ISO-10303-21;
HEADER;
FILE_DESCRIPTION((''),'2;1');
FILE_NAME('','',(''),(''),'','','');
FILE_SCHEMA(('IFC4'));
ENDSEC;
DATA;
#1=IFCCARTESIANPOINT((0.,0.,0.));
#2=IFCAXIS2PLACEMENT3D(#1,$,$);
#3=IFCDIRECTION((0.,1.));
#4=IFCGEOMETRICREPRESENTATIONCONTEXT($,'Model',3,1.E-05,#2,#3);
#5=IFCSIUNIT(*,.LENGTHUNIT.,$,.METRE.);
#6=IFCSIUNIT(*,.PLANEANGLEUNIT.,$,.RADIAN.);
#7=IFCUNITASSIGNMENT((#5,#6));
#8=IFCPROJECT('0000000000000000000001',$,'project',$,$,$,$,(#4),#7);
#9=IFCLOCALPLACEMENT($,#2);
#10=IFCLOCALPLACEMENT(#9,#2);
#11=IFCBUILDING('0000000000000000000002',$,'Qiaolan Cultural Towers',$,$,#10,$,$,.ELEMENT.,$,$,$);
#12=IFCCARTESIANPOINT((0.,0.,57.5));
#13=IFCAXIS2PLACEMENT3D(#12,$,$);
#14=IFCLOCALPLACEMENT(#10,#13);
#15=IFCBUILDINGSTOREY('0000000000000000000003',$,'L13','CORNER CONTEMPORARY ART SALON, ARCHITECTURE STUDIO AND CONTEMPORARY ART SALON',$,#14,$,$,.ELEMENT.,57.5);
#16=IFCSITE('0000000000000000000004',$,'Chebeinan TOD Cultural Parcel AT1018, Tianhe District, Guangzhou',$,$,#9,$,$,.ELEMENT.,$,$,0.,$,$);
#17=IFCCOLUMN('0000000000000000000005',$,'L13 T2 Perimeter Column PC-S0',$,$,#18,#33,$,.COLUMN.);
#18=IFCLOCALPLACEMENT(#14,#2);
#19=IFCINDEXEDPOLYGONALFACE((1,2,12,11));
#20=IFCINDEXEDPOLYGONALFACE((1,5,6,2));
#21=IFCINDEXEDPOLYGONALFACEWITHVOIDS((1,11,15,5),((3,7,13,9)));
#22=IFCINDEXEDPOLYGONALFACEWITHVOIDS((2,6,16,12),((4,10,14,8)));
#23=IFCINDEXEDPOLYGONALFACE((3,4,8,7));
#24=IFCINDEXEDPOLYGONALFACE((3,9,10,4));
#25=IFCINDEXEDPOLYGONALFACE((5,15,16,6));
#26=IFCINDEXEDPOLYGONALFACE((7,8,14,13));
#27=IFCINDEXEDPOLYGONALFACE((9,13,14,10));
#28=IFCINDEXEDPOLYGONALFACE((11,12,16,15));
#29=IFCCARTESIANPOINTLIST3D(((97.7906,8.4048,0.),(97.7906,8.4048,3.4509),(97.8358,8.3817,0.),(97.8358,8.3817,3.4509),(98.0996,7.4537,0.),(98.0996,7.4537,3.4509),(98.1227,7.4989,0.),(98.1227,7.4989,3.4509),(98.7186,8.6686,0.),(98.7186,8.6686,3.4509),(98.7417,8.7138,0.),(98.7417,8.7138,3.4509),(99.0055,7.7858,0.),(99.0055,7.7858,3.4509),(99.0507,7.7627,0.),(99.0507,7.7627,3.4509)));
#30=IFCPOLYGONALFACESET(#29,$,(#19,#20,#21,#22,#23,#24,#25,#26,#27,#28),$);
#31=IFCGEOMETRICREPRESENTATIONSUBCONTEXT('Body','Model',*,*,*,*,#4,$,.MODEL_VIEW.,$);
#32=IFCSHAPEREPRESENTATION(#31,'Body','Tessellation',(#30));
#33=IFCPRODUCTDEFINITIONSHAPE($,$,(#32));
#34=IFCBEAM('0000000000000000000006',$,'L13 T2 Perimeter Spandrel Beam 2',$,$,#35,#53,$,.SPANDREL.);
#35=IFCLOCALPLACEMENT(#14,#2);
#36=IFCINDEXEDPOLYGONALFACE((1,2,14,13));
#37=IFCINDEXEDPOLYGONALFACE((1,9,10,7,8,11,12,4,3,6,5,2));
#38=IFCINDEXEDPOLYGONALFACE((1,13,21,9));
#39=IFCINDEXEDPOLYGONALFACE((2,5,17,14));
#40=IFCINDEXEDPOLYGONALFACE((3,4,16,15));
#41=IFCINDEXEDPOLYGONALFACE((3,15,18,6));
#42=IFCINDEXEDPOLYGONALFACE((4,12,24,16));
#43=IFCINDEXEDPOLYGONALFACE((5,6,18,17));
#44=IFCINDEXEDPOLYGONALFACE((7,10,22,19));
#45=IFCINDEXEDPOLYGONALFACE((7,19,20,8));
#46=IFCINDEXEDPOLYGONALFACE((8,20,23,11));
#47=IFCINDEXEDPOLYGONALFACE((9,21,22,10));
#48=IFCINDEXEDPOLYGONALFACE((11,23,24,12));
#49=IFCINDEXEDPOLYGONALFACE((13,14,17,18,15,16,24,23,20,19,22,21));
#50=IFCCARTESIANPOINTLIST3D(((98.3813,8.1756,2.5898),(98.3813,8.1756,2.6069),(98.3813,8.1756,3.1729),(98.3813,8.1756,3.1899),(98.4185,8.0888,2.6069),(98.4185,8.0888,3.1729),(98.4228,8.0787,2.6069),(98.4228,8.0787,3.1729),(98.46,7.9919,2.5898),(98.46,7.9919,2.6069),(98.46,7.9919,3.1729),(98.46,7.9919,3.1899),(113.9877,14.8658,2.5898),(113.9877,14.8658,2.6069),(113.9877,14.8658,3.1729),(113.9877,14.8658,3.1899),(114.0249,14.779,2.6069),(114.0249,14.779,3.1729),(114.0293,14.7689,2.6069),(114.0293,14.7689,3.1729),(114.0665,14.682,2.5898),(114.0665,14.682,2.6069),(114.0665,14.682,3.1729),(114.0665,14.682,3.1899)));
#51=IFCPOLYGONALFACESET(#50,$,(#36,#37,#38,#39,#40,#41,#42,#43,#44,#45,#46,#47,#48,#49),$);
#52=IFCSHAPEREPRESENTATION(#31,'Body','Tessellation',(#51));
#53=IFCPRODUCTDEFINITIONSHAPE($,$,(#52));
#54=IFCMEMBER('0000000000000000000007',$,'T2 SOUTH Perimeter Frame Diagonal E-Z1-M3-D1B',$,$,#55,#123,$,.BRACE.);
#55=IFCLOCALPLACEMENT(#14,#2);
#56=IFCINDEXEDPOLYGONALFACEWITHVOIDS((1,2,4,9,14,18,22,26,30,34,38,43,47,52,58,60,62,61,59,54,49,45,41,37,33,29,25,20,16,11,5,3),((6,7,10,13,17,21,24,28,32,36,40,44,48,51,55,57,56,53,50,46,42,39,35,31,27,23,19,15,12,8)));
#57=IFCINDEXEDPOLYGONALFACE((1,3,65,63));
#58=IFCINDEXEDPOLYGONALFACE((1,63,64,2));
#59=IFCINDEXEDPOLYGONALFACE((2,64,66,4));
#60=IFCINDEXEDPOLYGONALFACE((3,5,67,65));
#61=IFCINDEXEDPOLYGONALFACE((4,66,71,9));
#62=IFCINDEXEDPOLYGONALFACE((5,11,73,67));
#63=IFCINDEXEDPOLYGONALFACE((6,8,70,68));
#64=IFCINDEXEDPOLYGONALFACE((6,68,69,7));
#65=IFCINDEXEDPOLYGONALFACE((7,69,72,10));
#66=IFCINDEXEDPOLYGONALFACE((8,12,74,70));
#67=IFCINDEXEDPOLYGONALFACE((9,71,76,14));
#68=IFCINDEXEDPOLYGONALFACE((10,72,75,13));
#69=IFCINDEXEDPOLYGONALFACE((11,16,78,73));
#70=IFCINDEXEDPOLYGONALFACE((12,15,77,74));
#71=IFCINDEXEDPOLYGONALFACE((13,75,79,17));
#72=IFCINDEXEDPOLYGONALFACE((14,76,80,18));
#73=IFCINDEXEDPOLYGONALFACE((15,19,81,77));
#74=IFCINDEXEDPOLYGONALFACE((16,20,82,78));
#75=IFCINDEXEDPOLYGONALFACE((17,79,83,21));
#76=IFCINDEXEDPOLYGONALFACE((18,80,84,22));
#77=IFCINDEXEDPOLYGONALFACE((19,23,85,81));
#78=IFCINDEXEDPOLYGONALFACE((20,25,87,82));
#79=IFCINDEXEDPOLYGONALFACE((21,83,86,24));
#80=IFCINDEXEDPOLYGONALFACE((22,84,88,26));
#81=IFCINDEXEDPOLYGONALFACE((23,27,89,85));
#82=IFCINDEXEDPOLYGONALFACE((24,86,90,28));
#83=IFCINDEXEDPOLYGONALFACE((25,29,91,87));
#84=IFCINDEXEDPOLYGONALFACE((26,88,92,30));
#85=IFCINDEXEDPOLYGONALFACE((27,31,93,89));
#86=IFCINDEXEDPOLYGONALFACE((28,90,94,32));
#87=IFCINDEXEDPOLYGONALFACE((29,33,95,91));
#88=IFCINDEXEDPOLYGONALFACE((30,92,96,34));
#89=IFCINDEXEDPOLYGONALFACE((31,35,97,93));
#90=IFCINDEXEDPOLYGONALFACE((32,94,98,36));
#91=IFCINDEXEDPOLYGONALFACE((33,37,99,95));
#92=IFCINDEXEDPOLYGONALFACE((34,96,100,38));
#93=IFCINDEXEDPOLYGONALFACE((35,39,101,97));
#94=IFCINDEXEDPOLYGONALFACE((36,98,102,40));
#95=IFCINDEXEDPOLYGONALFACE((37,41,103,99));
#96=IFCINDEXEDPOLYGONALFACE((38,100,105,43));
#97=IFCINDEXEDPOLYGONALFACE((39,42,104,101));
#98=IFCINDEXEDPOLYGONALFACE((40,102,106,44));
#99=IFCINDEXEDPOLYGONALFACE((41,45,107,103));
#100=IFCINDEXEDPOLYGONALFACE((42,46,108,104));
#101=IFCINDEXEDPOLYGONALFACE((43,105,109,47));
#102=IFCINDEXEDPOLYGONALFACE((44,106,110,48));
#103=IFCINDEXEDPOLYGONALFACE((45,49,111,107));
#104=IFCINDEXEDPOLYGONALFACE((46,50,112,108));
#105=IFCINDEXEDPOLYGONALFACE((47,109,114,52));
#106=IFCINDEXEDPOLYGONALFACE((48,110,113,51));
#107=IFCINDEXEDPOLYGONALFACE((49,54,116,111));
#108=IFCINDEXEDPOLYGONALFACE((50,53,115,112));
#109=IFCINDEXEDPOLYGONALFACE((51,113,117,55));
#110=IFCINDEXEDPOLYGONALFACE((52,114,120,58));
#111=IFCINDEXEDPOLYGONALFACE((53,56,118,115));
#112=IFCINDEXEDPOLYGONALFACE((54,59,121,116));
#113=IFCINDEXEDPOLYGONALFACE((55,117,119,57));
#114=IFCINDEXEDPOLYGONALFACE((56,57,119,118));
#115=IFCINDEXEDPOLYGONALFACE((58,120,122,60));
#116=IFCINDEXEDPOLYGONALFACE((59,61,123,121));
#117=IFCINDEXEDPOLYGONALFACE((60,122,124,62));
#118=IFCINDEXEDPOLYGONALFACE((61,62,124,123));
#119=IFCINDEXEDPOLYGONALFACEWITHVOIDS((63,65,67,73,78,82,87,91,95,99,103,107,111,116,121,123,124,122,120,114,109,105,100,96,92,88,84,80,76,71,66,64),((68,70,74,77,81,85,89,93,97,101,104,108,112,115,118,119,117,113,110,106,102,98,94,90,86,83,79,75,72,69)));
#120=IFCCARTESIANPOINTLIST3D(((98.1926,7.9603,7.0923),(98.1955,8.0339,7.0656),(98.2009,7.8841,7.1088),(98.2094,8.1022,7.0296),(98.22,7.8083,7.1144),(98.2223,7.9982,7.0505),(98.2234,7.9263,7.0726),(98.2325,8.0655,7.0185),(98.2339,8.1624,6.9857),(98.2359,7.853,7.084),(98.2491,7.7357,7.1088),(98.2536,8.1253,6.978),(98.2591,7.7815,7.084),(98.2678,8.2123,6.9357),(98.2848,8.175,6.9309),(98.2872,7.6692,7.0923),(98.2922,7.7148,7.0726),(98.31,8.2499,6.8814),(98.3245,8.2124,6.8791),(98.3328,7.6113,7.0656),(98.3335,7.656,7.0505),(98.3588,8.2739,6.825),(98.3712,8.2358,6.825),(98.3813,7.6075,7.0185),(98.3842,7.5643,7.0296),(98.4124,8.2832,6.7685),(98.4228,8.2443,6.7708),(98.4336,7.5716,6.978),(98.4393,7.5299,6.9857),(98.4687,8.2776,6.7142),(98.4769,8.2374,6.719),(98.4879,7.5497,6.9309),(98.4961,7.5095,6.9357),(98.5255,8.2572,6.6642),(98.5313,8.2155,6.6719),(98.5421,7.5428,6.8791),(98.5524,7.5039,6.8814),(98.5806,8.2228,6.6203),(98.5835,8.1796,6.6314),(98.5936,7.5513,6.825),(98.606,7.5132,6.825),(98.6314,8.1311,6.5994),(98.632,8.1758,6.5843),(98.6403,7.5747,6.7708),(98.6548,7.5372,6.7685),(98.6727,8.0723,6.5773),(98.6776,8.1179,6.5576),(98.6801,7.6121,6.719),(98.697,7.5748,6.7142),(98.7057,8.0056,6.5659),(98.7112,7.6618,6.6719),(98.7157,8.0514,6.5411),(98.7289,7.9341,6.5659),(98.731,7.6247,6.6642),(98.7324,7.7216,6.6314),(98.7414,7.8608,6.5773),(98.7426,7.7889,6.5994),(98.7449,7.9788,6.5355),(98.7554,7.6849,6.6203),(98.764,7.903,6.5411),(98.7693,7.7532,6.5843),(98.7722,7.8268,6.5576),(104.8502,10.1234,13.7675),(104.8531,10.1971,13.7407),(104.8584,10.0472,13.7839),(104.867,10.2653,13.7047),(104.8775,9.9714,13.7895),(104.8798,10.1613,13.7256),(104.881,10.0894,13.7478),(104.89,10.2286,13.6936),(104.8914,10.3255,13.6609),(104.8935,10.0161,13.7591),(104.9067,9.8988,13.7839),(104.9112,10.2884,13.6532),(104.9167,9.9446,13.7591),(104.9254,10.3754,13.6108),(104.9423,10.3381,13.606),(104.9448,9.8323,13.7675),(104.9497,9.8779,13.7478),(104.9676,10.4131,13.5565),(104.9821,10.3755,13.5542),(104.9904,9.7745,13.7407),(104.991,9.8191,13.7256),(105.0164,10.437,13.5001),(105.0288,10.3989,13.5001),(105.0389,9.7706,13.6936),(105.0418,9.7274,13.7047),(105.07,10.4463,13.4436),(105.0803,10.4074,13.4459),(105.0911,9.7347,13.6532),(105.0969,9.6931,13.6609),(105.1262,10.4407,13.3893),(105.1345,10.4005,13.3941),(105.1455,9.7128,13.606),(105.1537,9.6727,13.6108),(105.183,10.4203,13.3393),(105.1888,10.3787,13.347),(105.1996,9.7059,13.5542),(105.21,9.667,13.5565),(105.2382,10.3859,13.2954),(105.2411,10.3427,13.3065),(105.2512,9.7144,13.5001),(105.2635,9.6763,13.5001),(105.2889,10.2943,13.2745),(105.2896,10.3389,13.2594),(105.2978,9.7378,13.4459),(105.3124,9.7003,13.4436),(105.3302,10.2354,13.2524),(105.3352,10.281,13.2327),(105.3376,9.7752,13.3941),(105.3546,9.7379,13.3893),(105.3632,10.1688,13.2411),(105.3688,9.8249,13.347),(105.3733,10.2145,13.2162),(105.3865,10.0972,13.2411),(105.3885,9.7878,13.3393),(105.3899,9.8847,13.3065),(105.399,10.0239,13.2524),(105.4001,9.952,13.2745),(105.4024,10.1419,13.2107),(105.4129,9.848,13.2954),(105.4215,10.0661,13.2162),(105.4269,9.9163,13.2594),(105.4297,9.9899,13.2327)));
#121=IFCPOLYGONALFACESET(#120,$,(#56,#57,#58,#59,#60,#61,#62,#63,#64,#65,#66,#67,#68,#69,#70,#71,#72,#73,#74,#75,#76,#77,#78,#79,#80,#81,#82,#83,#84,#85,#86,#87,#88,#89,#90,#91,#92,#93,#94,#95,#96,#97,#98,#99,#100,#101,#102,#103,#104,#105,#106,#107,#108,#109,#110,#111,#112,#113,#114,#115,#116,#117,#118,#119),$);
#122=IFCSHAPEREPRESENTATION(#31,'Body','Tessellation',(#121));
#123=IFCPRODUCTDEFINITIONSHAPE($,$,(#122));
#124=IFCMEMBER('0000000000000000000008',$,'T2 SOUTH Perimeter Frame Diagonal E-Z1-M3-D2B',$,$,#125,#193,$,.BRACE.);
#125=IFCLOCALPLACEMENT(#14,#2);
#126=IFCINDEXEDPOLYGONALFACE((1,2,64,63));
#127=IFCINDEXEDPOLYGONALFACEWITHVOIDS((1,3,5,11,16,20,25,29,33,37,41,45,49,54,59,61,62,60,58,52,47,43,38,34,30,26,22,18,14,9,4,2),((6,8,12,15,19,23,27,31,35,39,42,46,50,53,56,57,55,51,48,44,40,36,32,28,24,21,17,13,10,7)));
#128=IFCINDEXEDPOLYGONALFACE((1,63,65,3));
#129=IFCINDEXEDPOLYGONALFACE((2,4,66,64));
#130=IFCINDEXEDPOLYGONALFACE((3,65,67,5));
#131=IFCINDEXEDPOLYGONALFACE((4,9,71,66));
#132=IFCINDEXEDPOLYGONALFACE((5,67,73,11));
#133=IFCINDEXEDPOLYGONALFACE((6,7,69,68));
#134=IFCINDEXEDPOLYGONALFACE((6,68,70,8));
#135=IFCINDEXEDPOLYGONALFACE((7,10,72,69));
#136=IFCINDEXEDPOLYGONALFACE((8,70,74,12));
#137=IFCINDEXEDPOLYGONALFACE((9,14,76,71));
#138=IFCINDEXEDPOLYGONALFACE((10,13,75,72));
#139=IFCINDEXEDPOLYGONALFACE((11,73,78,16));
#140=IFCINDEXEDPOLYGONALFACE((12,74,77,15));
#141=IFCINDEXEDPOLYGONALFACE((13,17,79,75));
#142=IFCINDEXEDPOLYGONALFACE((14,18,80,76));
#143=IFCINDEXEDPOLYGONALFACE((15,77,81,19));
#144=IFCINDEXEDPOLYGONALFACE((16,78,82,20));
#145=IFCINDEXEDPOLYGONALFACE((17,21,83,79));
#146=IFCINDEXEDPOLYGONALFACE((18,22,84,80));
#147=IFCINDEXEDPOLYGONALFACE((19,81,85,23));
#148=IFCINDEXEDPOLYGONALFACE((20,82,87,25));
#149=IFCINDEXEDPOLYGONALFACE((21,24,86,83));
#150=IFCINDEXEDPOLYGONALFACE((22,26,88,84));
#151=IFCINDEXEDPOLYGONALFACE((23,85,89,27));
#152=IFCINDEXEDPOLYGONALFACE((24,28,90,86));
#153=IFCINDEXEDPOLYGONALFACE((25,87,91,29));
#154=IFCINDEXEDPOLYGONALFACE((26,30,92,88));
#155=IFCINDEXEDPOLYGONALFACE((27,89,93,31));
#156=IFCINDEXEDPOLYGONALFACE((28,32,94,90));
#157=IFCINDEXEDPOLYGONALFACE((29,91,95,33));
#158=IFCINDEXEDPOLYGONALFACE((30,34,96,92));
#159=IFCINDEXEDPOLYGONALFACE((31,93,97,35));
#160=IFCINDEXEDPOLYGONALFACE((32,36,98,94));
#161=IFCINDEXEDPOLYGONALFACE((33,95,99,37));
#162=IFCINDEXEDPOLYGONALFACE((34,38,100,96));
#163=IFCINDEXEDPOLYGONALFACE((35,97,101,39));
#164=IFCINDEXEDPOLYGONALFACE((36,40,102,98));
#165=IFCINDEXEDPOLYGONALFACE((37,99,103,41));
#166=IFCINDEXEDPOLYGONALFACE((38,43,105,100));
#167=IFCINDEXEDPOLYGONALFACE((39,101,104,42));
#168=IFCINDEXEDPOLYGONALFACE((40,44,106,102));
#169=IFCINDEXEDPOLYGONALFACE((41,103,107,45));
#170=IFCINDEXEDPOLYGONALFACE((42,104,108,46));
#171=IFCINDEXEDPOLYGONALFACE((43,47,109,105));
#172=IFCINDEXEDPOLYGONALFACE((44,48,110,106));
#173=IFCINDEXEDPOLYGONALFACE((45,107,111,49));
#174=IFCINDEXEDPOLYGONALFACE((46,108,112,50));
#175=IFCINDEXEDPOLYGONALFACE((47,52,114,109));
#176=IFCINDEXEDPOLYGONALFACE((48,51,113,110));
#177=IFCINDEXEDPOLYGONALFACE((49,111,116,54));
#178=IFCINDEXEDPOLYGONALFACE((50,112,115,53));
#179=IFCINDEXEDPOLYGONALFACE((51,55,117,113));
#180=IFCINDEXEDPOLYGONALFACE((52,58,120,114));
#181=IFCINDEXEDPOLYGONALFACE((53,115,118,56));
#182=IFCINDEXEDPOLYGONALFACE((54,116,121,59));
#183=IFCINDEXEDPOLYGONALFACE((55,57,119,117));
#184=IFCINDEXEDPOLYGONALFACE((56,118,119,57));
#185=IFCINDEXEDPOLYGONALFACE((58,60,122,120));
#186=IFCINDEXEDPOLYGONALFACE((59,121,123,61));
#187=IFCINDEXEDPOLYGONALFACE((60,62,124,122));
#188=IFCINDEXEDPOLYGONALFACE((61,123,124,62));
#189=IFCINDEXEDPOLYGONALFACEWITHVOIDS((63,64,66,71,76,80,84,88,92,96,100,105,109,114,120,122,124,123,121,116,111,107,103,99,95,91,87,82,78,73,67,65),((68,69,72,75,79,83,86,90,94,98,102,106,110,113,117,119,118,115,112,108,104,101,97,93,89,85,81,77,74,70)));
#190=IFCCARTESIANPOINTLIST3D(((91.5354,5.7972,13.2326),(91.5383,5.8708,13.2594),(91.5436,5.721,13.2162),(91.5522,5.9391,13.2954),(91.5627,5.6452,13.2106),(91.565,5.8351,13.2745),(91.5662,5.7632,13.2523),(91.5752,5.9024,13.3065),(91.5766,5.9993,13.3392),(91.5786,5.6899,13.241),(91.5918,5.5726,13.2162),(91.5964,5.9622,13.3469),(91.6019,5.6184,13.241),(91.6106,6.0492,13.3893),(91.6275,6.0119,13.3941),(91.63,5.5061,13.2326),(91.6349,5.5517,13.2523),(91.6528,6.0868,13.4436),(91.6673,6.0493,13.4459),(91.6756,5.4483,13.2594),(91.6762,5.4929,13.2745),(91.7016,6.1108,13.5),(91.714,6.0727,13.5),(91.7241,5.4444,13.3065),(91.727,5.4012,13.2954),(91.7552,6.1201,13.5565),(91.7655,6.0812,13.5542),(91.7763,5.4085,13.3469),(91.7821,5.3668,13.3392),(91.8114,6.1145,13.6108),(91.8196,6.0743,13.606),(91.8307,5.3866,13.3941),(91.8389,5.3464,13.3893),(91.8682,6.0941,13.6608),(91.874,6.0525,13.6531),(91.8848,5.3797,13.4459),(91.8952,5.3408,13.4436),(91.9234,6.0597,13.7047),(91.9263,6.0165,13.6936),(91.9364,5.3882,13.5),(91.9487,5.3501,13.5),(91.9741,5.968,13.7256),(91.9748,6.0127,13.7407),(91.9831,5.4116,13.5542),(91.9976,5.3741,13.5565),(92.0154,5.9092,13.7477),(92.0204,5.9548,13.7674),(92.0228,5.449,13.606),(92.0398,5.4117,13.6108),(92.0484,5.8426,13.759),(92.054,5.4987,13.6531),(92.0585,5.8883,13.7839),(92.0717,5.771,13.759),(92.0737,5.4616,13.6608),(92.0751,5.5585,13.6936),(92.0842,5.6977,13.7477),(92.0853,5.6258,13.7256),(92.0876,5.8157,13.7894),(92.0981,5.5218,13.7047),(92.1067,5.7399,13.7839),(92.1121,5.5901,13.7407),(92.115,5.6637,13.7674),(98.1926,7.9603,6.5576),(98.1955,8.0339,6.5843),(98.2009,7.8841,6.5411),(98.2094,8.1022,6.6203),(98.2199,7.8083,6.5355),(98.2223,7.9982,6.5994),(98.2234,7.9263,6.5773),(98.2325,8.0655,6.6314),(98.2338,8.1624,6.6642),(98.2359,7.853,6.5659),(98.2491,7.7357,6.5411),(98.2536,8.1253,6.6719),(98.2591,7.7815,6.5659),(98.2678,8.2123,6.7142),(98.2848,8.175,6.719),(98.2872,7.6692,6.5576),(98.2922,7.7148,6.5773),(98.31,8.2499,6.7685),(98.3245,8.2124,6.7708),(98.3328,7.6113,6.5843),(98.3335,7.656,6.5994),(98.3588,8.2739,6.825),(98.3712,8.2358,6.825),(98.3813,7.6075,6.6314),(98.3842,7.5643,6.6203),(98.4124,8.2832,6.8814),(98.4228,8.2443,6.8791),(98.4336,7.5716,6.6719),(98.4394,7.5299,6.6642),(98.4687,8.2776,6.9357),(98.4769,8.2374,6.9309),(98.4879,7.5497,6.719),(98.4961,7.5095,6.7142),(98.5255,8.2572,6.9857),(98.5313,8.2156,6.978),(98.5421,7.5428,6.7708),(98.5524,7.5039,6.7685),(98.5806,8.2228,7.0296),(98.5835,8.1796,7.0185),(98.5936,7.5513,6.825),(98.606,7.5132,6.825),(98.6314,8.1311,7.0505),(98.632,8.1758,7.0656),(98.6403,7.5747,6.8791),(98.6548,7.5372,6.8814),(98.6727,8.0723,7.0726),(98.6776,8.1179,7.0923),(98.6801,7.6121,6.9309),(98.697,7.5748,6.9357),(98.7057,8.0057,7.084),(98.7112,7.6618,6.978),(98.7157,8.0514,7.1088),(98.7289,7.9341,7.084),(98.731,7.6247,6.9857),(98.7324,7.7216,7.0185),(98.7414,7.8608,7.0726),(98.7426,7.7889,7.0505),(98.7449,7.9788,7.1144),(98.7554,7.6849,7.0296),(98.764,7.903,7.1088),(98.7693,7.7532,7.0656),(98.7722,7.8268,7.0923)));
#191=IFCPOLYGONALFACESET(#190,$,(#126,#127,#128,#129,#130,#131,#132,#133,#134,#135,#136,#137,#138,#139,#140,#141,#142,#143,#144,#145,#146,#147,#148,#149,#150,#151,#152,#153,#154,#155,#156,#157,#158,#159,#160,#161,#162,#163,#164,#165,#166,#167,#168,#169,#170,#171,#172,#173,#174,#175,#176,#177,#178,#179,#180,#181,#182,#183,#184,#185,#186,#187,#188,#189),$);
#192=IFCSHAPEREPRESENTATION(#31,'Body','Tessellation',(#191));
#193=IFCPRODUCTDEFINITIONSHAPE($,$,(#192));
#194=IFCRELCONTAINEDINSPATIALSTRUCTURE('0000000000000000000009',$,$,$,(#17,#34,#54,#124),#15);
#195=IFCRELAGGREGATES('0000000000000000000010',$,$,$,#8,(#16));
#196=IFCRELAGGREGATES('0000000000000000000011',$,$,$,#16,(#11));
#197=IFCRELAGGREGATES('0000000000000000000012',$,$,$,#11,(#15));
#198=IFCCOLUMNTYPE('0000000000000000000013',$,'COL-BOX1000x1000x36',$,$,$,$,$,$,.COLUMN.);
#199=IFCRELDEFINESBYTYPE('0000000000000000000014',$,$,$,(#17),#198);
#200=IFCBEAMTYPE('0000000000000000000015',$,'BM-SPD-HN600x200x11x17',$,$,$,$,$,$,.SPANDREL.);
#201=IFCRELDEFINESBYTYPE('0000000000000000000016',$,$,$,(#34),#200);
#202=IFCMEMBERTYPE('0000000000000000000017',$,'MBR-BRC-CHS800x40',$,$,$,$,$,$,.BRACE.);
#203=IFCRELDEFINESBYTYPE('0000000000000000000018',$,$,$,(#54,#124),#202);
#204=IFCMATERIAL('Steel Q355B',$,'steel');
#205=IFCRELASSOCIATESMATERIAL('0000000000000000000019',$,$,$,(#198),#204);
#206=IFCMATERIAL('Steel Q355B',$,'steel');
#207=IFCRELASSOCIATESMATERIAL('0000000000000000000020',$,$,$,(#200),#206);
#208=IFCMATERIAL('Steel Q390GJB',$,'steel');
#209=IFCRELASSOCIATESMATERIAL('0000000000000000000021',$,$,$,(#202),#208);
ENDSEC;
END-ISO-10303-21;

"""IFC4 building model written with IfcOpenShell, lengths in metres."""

from ifc_helpers import new_model, si_unit, direction, frame, origin, origin_2d, place, context, subcontext, project, spatial, hollow_rectangle, hollow_circle, i_section, extrude, material, material_profile, profile_set, type_object, element, save


model = new_model("IFC4")

# Units and contexts
model_context = context("Model", 3, precision=1e-05, world=origin(), true_north=direction((0.0, 1.0)))
body_context = subcontext(model_context, "Body", "Model", "MODEL_VIEW")
ifc_project = project(units=[si_unit("LENGTHUNIT", "METRE"), si_unit("PLANEANGLEUNIT", "RADIAN")], contexts=[model_context])

# Site, building, storey
site_placement = place(None, origin())
site = spatial("IfcSite", under=ifc_project, at=site_placement, Name="Chebeinan TOD Cultural Parcel AT1018, Tianhe District, Guangzhou", CompositionType="ELEMENT", RefElevation=0.0)
building_placement = place(site_placement, origin())
building = spatial("IfcBuilding", under=site, at=building_placement, Name="Qiaolan Cultural Towers", CompositionType="ELEMENT")
storey_placement = place(building_placement, frame((0.0, 0.0, 57.5)))
storey = spatial("IfcBuildingStorey", under=building, at=storey_placement, Name="L13", Description="CORNER CONTEMPORARY ART SALON, ARCHITECTURE STUDIO AND CONTEMPORARY ART SALON", CompositionType="ELEMENT", Elevation=57.5)

# Column
ifc_material_1 = material(Name="Steel Q355B", Category="steel")
ifc_material_profile_1 = material_profile(ifc_material_1, hollow_rectangle(XDim=1.0, YDim=1.0, WallThickness=0.0359, at=origin_2d()), Name="BOX1000x1000x36")
ifc_profile_set_1 = profile_set([ifc_material_profile_1], Name="Steel Q355B")
column_type = type_object("IfcColumnType", Name="COL-BOX1000x1000x36", PredefinedType="COLUMN", material=ifc_profile_set_1)
column_placement = place(storey_placement, frame((98.4207, 8.0837, 0.0), z_axis=(0.0, 0.0, 1.0), x_axis=(0.951057, 0.309017, 0.0)))
element("IfcColumn", 1, at=column_placement, inside=storey, type_object=column_type, Name="L13 T2 Perimeter Column PC-S0", PredefinedType="COLUMN", context=body_context, shape_type="SweptSolid", body=[
    extrude(hollow_rectangle(XDim=1.0, YDim=1.0, WallThickness=0.0359, at=origin_2d()), origin(), (0.0, 0.0, 1.0), 3.4509),
])

# Beam
ifc_material_2 = material(Name="Steel Q355B", Category="steel")
ifc_material_profile_2 = material_profile(ifc_material_2, i_section(OverallWidth=0.2, OverallDepth=0.6001, WebThickness=0.011, FlangeThickness=0.0171, at=origin_2d()), Name="HN600x200x11x17")
ifc_profile_set_2 = profile_set([ifc_material_profile_2], Name="Steel Q355B")
beam_type = type_object("IfcBeamType", Name="BM-SPD-HN600x200x11x17", PredefinedType="SPANDREL", material=ifc_profile_set_2)
beam_placement = place(storey_placement, frame((98.4207, 8.0837, 2.8899), z_axis=(0.919109, 0.394004, 0.0), x_axis=(-0.394004, 0.919109, 0.0)))
element("IfcBeam", 2, at=beam_placement, inside=storey, type_object=beam_type, Name="L13 T2 Perimeter Spandrel Beam 2", PredefinedType="SPANDREL", context=body_context, shape_type="SweptSolid", body=[
    extrude(i_section(OverallWidth=0.2, OverallDepth=0.6001, WebThickness=0.011, FlangeThickness=0.0171, at=origin_2d()), origin(), (0.0, 0.0, 1.0), 16.98),
])

# Members
ifc_material_3 = material(Name="Steel Q390GJB", Category="steel")
ifc_material_profile_3 = material_profile(ifc_material_3, hollow_circle(Radius=0.3999, WallThickness=0.04, at=origin_2d()), Name="CHS800x40")
ifc_profile_set_3 = profile_set([ifc_material_profile_3], Name="Steel Q390GJB")
member_type = type_object("IfcMemberType", Name="MBR-BRC-CHS800x40", PredefinedType="BRACE", material=ifc_profile_set_3)
member_1_placement = place(storey_placement, frame((98.4824, 7.8936, 6.825), z_axis=(0.688289, 0.223633, 0.690106), x_axis=(-0.30901, 0.951059, 0.0)))
element("IfcMember", 3, at=member_1_placement, inside=storey, type_object=member_type, Name="T2 SOUTH Perimeter Frame Diagonal E-Z1-M3-D1B", PredefinedType="BRACE", context=body_context, shape_type="SweptSolid", body=[
    extrude(hollow_circle(Radius=0.3999, WallThickness=0.04, at=origin_2d()), origin(), (0.0, 0.0, 1.0), 9.6726),
])
member_2_placement = place(storey_placement, frame((98.4824, 7.8936, 6.825), z_axis=(-0.688276, -0.223637, 0.690118), x_axis=(0.30902, -0.951056, 0.0)))
element("IfcMember", 4, at=member_2_placement, inside=storey, type_object=member_type, Name="T2 SOUTH Perimeter Frame Diagonal E-Z1-M3-D2B", PredefinedType="BRACE", context=body_context, shape_type="SweptSolid", body=[
    extrude(hollow_circle(Radius=0.3999, WallThickness=0.04, at=origin_2d()), origin(), (0.0, 0.0, 1.0), 9.6724),
])

save(model, "model.ifc")
